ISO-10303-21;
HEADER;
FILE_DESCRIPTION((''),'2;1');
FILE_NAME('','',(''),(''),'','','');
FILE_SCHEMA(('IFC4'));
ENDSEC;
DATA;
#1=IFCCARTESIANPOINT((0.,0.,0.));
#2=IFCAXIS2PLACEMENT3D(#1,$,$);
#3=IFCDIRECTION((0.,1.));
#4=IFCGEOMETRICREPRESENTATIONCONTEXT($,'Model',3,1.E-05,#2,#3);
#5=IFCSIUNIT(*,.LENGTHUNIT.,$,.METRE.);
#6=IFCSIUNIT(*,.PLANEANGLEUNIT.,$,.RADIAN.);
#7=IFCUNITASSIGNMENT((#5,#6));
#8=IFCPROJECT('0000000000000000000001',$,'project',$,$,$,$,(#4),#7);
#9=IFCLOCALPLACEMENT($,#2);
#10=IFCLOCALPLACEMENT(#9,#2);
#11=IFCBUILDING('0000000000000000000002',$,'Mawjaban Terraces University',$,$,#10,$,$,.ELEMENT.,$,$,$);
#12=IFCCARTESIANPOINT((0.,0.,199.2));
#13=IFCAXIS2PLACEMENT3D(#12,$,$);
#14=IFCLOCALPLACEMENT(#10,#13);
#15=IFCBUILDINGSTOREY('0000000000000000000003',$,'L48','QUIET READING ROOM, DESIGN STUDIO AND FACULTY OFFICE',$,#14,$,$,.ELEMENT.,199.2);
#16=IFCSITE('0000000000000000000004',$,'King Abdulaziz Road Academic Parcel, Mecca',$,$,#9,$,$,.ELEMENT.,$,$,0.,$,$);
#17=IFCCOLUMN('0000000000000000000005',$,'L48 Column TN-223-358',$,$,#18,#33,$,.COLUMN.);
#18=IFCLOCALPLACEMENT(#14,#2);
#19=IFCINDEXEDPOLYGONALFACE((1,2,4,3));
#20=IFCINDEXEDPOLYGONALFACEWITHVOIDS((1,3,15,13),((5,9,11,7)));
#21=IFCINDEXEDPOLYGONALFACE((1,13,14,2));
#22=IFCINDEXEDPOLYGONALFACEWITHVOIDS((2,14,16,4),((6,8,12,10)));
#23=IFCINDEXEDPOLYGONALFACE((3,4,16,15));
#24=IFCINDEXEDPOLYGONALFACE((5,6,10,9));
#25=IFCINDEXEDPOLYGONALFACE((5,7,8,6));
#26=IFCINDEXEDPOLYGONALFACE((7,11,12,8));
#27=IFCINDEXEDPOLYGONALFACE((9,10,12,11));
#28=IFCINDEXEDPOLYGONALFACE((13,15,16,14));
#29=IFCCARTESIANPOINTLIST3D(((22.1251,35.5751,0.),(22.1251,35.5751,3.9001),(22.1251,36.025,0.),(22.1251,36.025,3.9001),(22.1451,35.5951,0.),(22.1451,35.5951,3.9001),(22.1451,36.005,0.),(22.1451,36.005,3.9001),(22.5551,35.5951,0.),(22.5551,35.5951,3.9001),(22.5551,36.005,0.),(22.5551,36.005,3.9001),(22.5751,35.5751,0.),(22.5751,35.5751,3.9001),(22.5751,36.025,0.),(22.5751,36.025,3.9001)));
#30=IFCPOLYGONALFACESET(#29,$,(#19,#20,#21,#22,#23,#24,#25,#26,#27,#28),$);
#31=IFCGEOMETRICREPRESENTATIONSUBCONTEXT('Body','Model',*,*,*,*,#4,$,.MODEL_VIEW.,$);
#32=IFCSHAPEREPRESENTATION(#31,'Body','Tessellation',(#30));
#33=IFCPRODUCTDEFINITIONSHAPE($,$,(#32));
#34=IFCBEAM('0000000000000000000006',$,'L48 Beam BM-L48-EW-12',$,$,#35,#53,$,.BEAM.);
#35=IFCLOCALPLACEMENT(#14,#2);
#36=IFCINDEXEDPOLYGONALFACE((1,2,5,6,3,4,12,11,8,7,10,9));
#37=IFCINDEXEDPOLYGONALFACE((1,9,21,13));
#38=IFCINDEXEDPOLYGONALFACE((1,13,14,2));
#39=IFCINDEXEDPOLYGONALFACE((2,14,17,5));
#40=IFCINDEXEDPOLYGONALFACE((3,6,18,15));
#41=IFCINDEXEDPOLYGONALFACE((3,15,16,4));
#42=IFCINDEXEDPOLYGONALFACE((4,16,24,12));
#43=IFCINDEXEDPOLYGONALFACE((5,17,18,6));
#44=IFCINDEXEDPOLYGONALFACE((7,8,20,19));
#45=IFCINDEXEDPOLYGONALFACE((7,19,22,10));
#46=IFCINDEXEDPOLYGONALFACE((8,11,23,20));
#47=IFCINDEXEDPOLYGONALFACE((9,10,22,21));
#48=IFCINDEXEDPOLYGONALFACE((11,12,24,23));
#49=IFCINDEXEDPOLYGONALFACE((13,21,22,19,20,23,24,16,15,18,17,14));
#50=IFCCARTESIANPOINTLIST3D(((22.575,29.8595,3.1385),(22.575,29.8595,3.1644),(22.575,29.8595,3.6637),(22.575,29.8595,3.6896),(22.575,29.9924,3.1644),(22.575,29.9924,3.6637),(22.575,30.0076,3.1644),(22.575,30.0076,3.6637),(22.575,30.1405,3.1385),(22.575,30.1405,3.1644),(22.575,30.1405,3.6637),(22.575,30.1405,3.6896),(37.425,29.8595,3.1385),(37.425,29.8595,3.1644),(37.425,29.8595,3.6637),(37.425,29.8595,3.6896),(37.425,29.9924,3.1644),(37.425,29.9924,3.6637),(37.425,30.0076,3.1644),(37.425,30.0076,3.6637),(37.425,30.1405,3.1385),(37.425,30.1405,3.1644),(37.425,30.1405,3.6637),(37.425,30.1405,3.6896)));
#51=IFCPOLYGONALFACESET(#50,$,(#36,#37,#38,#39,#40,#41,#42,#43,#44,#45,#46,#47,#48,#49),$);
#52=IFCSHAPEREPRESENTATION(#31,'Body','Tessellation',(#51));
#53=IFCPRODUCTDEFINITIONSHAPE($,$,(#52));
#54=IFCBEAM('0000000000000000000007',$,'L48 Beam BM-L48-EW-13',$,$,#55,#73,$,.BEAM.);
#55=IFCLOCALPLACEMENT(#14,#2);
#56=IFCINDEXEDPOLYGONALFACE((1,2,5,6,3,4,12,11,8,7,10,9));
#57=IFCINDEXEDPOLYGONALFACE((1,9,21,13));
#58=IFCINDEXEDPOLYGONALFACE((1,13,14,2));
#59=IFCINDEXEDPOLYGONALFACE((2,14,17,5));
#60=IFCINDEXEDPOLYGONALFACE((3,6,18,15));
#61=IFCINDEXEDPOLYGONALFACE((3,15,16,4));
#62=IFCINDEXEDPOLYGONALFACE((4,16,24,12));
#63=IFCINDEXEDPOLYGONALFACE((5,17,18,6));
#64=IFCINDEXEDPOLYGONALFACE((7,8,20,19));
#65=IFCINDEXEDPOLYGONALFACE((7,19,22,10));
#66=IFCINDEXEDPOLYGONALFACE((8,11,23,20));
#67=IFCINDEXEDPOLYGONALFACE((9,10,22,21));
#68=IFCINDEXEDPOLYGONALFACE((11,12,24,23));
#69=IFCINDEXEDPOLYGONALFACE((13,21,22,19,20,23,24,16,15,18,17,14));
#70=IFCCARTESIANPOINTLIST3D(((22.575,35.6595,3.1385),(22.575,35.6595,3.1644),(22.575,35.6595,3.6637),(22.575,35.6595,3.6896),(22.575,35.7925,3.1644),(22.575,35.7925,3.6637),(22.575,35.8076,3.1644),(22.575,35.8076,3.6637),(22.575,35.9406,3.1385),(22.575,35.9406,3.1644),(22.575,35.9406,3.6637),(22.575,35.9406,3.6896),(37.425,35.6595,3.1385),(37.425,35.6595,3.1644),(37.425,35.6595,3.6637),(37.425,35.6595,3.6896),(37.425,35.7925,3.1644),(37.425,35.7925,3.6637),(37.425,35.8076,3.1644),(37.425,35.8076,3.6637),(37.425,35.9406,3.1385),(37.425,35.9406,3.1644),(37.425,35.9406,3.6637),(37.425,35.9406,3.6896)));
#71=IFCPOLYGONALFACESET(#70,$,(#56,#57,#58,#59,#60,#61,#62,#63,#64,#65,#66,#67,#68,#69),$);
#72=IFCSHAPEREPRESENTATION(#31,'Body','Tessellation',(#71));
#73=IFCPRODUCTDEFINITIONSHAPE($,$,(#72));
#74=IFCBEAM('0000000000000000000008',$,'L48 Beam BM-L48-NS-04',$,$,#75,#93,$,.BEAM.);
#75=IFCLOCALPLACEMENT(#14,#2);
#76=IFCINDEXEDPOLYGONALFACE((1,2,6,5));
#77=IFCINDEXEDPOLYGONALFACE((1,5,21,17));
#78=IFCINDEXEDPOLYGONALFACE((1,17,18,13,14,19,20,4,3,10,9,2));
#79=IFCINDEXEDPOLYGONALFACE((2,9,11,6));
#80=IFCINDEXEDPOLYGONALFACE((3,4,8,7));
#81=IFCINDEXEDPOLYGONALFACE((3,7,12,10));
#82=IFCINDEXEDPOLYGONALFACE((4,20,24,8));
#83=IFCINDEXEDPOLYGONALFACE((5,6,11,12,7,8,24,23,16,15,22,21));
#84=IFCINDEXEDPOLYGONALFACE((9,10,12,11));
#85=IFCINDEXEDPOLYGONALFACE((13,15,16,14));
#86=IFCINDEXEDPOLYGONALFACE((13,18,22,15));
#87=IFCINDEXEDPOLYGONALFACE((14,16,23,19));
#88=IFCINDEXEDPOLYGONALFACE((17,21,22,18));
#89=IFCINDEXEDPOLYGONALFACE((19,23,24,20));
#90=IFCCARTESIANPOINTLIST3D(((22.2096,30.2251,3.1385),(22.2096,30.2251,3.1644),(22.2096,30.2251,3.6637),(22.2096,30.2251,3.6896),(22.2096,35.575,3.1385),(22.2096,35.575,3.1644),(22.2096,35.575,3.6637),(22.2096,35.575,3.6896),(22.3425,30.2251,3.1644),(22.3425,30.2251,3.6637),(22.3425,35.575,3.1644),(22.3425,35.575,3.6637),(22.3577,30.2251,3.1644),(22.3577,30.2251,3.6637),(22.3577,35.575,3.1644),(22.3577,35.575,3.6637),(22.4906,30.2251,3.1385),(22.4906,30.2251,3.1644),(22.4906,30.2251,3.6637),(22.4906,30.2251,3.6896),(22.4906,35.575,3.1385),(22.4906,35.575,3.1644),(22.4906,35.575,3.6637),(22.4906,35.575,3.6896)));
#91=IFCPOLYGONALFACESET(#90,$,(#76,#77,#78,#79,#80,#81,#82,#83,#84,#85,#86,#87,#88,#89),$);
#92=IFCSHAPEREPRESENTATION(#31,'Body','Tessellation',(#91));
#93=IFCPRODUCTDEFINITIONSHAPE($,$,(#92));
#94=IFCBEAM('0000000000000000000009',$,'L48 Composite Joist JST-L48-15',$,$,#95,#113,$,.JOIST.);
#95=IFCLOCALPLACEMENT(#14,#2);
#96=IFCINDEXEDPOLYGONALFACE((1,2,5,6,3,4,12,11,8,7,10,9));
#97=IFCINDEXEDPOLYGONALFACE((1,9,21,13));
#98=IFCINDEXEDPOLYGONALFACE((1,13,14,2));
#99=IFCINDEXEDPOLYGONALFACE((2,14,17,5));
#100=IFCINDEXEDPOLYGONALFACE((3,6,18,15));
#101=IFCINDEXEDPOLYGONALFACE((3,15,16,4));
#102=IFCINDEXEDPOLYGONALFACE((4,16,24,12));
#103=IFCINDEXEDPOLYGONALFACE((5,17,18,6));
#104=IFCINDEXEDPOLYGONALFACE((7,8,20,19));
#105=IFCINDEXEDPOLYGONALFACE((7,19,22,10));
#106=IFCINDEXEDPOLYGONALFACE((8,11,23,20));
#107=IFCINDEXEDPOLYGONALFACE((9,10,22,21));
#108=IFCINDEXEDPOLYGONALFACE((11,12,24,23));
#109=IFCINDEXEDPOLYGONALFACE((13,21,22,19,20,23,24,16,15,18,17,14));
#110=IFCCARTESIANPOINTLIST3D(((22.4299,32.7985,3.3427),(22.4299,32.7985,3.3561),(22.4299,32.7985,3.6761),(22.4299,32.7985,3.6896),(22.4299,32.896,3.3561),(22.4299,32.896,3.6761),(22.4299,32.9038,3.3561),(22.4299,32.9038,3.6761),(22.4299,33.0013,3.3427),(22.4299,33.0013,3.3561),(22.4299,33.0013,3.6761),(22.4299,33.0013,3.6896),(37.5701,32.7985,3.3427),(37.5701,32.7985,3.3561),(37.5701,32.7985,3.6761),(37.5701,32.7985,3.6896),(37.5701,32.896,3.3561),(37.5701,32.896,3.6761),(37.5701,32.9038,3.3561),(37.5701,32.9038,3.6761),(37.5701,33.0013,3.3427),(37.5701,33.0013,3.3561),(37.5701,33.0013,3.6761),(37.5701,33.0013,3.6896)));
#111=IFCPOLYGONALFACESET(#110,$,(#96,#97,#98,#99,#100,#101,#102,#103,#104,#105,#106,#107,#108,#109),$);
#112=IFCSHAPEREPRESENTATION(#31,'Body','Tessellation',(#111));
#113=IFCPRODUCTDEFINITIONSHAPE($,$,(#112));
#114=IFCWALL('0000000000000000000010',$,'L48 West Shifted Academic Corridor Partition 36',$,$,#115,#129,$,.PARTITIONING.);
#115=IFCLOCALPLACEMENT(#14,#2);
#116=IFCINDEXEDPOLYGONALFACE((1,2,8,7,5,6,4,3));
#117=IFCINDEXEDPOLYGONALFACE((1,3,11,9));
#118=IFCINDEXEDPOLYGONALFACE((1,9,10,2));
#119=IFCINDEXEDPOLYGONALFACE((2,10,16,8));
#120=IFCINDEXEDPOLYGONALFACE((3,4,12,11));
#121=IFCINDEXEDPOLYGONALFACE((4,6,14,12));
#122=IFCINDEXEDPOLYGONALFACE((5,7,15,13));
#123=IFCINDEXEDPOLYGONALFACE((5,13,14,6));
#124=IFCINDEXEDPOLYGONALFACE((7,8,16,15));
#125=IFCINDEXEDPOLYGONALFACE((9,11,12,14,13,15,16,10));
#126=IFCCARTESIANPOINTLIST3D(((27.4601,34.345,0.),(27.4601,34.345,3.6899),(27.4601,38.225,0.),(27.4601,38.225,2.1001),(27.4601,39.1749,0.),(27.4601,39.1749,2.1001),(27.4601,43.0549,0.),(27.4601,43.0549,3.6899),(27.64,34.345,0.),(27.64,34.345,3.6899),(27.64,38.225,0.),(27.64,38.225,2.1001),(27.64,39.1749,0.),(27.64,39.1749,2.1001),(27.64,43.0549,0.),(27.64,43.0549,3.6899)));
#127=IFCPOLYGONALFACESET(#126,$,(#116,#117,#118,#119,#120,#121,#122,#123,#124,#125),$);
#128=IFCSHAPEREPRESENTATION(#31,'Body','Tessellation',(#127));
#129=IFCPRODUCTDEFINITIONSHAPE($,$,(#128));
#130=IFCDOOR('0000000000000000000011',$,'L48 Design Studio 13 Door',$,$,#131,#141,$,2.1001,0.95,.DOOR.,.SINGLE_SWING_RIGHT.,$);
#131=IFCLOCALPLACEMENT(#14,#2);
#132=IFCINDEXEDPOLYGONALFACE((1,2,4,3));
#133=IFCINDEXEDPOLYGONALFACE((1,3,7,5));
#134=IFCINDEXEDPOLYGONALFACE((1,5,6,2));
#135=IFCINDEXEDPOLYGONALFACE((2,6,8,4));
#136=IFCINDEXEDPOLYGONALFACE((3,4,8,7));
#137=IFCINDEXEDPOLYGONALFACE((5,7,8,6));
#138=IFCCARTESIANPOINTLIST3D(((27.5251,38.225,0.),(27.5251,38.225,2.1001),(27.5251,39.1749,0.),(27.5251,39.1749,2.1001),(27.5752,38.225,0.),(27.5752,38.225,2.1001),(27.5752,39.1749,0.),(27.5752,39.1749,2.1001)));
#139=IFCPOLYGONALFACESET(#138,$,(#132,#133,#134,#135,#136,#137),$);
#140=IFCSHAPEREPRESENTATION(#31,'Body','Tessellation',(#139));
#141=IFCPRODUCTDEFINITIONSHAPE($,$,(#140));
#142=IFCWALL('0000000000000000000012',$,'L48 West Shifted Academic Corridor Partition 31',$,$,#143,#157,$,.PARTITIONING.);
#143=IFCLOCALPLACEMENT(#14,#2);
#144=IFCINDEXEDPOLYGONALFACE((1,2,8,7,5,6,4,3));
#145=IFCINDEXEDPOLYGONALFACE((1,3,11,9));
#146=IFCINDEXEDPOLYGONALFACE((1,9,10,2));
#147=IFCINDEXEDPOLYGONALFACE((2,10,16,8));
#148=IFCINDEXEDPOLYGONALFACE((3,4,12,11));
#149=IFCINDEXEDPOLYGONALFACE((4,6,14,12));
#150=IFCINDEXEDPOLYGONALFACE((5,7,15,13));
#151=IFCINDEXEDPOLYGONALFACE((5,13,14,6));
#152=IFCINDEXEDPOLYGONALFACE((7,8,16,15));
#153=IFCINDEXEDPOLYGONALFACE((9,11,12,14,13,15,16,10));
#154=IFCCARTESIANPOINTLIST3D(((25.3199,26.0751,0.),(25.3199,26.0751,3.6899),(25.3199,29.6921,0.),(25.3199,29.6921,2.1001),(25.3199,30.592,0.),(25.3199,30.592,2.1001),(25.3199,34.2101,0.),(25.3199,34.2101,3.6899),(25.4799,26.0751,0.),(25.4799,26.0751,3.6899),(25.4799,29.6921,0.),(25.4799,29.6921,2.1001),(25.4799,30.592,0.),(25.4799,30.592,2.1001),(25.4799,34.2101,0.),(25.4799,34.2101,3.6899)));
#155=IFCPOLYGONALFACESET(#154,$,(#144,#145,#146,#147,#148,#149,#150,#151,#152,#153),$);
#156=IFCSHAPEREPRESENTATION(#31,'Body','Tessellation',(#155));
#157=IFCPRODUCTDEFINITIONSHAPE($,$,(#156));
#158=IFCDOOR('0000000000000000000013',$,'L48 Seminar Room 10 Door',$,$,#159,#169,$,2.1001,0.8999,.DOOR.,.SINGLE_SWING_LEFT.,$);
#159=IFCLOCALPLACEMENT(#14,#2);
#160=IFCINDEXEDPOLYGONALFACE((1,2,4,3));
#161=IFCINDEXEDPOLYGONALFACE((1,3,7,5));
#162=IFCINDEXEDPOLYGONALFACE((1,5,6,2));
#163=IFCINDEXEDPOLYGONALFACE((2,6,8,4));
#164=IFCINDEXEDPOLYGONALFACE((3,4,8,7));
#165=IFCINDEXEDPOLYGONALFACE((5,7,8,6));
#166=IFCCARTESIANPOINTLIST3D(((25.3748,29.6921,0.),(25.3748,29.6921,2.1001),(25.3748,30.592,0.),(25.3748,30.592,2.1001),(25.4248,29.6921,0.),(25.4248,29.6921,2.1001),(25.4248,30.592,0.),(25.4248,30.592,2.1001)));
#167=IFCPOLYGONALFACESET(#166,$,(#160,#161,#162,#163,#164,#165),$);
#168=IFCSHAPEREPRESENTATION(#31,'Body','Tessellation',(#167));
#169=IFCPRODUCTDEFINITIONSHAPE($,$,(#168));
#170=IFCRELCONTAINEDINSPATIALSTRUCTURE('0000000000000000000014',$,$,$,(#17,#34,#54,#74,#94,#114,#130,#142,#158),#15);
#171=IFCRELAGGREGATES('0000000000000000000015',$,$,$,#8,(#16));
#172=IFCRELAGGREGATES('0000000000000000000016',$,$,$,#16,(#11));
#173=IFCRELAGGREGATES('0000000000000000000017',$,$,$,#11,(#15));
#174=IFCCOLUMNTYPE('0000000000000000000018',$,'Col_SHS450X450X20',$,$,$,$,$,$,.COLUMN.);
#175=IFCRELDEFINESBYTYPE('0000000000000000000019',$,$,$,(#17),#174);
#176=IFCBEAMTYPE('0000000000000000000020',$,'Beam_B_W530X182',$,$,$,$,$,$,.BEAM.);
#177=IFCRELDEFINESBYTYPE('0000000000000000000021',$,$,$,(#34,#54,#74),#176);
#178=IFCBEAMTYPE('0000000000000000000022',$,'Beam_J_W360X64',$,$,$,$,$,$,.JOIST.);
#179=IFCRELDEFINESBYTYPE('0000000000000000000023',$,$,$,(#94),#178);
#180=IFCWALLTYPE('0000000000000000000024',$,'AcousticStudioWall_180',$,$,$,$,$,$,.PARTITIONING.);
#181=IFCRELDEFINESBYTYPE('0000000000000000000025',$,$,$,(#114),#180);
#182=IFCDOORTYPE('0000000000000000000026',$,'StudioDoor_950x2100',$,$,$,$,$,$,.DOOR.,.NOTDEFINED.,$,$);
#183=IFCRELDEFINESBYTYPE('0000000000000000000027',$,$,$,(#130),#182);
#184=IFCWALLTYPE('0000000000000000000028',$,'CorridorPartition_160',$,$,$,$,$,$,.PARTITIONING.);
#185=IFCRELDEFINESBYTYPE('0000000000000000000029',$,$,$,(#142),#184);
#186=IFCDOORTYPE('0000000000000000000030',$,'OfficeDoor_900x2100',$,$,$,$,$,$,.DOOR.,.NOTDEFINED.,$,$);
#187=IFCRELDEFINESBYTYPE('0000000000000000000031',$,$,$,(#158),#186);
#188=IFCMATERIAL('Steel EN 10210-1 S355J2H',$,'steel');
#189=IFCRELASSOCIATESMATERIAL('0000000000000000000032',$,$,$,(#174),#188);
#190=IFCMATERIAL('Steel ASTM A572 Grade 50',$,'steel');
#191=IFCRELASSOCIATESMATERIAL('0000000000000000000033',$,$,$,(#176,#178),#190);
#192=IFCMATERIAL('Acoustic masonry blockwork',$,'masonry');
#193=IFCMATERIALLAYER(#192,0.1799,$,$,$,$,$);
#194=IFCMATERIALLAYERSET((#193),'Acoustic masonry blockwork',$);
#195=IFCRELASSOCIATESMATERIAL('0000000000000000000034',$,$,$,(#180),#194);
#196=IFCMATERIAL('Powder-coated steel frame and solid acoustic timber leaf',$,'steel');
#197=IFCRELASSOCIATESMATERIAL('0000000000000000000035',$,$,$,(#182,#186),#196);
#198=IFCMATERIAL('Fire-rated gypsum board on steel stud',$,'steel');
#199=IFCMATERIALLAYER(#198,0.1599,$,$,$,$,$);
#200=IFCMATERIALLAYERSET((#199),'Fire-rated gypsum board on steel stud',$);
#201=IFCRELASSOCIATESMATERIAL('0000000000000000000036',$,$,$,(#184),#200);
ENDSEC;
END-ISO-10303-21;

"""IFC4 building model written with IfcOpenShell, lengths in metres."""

from ifc_helpers import new_model, si_unit, direction, frame, frame_2d, origin, origin_2d, place, context, subcontext, project, spatial, rectangle, hollow_rectangle, i_section, extrude, material, layer, layer_set, material_profile, profile_set, type_object, element, fill, save


model = new_model("IFC4")

# Units and contexts
model_context = context("Model", 3, precision=1e-05, world=origin(), true_north=direction((0.0, 1.0)))
body_context = subcontext(model_context, "Body", "Model", "MODEL_VIEW")
ifc_project = project(units=[si_unit("LENGTHUNIT", "METRE"), si_unit("PLANEANGLEUNIT", "RADIAN")], contexts=[model_context])

# Site, building, storey
site_placement = place(None, origin())
site = spatial("IfcSite", under=ifc_project, at=site_placement, Name="King Abdulaziz Road Academic Parcel, Mecca", CompositionType="ELEMENT", RefElevation=0.0)
building_placement = place(site_placement, origin())
building = spatial("IfcBuilding", under=site, at=building_placement, Name="Mawjaban Terraces University", CompositionType="ELEMENT")
storey_placement = place(building_placement, frame((0.0, 0.0, 199.2)))
storey = spatial("IfcBuildingStorey", under=building, at=storey_placement, Name="L48", Description="QUIET READING ROOM, DESIGN STUDIO AND FACULTY OFFICE", CompositionType="ELEMENT", Elevation=199.2)

# Column
ifc_material_1 = material(Name="Steel EN 10210-1 S355J2H", Category="steel")
ifc_material_profile_1 = material_profile(ifc_material_1, hollow_rectangle(XDim=0.45, YDim=0.45, WallThickness=0.02, at=origin_2d()), Name="SHS450X450X20")
ifc_profile_set_1 = profile_set([ifc_material_profile_1], Name="Steel EN 10210-1 S355J2H")
column_type = type_object("IfcColumnType", Name="Col_SHS450X450X20", PredefinedType="COLUMN", material=ifc_profile_set_1)
column_placement = place(storey_placement, frame((22.3501, 35.8, 0.0), z_axis=(0.0, 0.0, 1.0), x_axis=(1.0, 0.0, 0.0)))
element("IfcColumn", 1, at=column_placement, inside=storey, type_object=column_type, Name="L48 Column TN-223-358", PredefinedType="COLUMN", context=body_context, shape_type="SweptSolid", body=[
    extrude(hollow_rectangle(XDim=0.45, YDim=0.45, WallThickness=0.02, at=origin_2d()), origin(), (0.0, 0.0, 1.0), 3.9001),
])

# Beams
ifc_material_2 = material(Name="Steel ASTM A572 Grade 50", Category="steel")
ifc_material_profile_2 = material_profile(ifc_material_2, i_section(OverallWidth=0.281, OverallDepth=0.551, WebThickness=0.0151, FlangeThickness=0.0259, at=origin_2d()), Name="W530X182")
ifc_profile_set_2 = profile_set([ifc_material_profile_2], Name="Steel ASTM A572 Grade 50")
beam_type_1 = type_object("IfcBeamType", Name="Beam_B_W530X182", PredefinedType="BEAM", material=ifc_profile_set_2)
for number, where, z_axis, x_axis, name in (
    (2, (22.575, 30.0, 3.4141), (1.0, 0.0, 0.0), (0.0, 1.0, 0.0), "L48 Beam BM-L48-EW-12"),
    (3, (22.575, 35.8, 3.4141), (1.0, 0.0, 0.0), (0.0, 1.0, 0.0), "L48 Beam BM-L48-EW-13"),
):
    element("IfcBeam", number, at=place(storey_placement, frame(where, z_axis=z_axis, x_axis=x_axis)), inside=storey, type_object=beam_type_1, Name=name, PredefinedType="BEAM", context=body_context, shape_type="SweptSolid", body=[
        extrude(i_section(OverallWidth=0.281, OverallDepth=0.551, WebThickness=0.0151, FlangeThickness=0.0259, at=origin_2d()), origin(), (0.0, 0.0, 1.0), 14.8501),
    ])
beam_1_placement = place(storey_placement, frame((22.3501, 30.2251, 3.4141), z_axis=(0.0, 1.0, 0.0), x_axis=(-1.0, 0.0, 0.0)))
element("IfcBeam", 4, at=beam_1_placement, inside=storey, type_object=beam_type_1, Name="L48 Beam BM-L48-NS-04", PredefinedType="BEAM", context=body_context, shape_type="SweptSolid", body=[
    extrude(i_section(OverallWidth=0.281, OverallDepth=0.551, WebThickness=0.0151, FlangeThickness=0.0259, at=origin_2d()), origin(), (0.0, 0.0, 1.0), 5.3499),
])
ifc_material_profile_3 = material_profile(ifc_material_2, i_section(OverallWidth=0.2029, OverallDepth=0.3469, WebThickness=0.0078, FlangeThickness=0.0134, at=origin_2d()), Name="W360X64")
ifc_profile_set_3 = profile_set([ifc_material_profile_3], Name="Steel ASTM A572 Grade 50")
beam_type_2 = type_object("IfcBeamType", Name="Beam_J_W360X64", PredefinedType="JOIST", material=ifc_profile_set_3)
beam_2_placement = place(storey_placement, frame((22.4299, 32.8999, 3.5161), z_axis=(1.0, 0.0, 0.0), x_axis=(0.0, 1.0, 0.0)))
element("IfcBeam", 5, at=beam_2_placement, inside=storey, type_object=beam_type_2, Name="L48 Composite Joist JST-L48-15", PredefinedType="JOIST", context=body_context, shape_type="SweptSolid", body=[
    extrude(i_section(OverallWidth=0.2029, OverallDepth=0.3469, WebThickness=0.0078, FlangeThickness=0.0134, at=origin_2d()), origin(), (0.0, 0.0, 1.0), 15.1401),
])

# Walls, openings, doors
ifc_material_3 = material(Name="Acoustic masonry blockwork", Category="masonry")
ifc_layer_1 = layer(ifc_material_3, 0.1799)
ifc_layer_set_1 = layer_set([ifc_layer_1], Name="Acoustic masonry blockwork")
wall_type_1 = type_object("IfcWallType", Name="AcousticStudioWall_180", PredefinedType="PARTITIONING", material=ifc_layer_set_1)
wall_1_placement = place(storey_placement, frame((27.55, 34.345, 0.0), z_axis=(0.0, 0.0, 1.0), x_axis=(0.0, 1.0, 0.0)))
wall_1 = element("IfcWall", 6, at=wall_1_placement, inside=storey, type_object=wall_type_1, Name="L48 West Shifted Academic Corridor Partition 36", PredefinedType="PARTITIONING", context=body_context, shape_type="SweptSolid", body=[
    extrude(rectangle(XDim=8.71, YDim=0.1799, at=frame_2d((4.355, 0.0))), origin(), (0.0, 0.0, 1.0), 3.6899),
])
opening_1_placement = place(wall_1_placement, frame((3.8799, 0.0, 0.0)))
opening_1 = element("IfcOpeningElement", 7, at=opening_1_placement, cuts=wall_1, PredefinedType="OPENING", context=body_context, shape_type="SweptSolid", body=[
    extrude(rectangle(XDim=0.95, YDim=2.1001, at=frame_2d((0.4751, 1.05))), frame((0.0, 0.0999, 0.0), z_axis=(0.0, -1.0, 0.0), x_axis=(1.0, 0.0, 0.0)), (0.0, 0.0, 1.0), 0.2),
])
ifc_material_4 = material(Name="Powder-coated steel frame and solid acoustic timber leaf", Category="steel")
door_type_1 = type_object("IfcDoorType", Name="StudioDoor_950x2100", OperationType="NOTDEFINED", PredefinedType="DOOR", material=ifc_material_4)
door_1_placement = place(opening_1_placement, origin())
door_1 = element("IfcDoor", 8, at=door_1_placement, inside=storey, type_object=door_type_1, Name="L48 Design Studio 13 Door", OperationType="SINGLE_SWING_RIGHT", OverallHeight=2.1001, OverallWidth=0.95, PredefinedType="DOOR", context=body_context, shape_type="SweptSolid", body=[
    extrude(rectangle(XDim=0.95, YDim=2.1001, at=frame_2d((0.4751, 1.05))), frame((0.0, 0.0249, 0.0), z_axis=(0.0, -1.0, 0.0), x_axis=(1.0, 0.0, 0.0)), (0.0, 0.0, 1.0), 0.05),
])
fill(opening_1, door_1)
ifc_material_5 = material(Name="Fire-rated gypsum board on steel stud", Category="steel")
ifc_layer_2 = layer(ifc_material_5, 0.1599)
ifc_layer_set_2 = layer_set([ifc_layer_2], Name="Fire-rated gypsum board on steel stud")
wall_type_2 = type_object("IfcWallType", Name="CorridorPartition_160", PredefinedType="PARTITIONING", material=ifc_layer_set_2)
wall_2_placement = place(storey_placement, frame((25.3999, 34.21, 0.0), z_axis=(0.0, 0.0, 1.0), x_axis=(0.0, -1.0, 0.0)))
wall_2 = element("IfcWall", 9, at=wall_2_placement, inside=storey, type_object=wall_type_2, Name="L48 West Shifted Academic Corridor Partition 31", PredefinedType="PARTITIONING", context=body_context, shape_type="SweptSolid", body=[
    extrude(rectangle(XDim=8.135, YDim=0.1599, at=frame_2d((4.0674, 0.0))), origin(), (0.0, 0.0, 1.0), 3.6899),
])
opening_2_placement = place(wall_2_placement, frame((3.6179, 0.0, 0.0)))
opening_2 = element("IfcOpeningElement", 10, at=opening_2_placement, cuts=wall_2, PredefinedType="OPENING", context=body_context, shape_type="SweptSolid", body=[
    extrude(rectangle(XDim=0.8999, YDim=2.1001, at=frame_2d((0.45, 1.05))), frame((0.0, 0.0898, 0.0), z_axis=(0.0, -1.0, 0.0), x_axis=(1.0, 0.0, 0.0)), (0.0, 0.0, 1.0), 0.1799),
])
door_type_2 = type_object("IfcDoorType", Name="OfficeDoor_900x2100", OperationType="NOTDEFINED", PredefinedType="DOOR", material=ifc_material_4)
door_2_placement = place(opening_2_placement, origin())
door_2 = element("IfcDoor", 11, at=door_2_placement, inside=storey, type_object=door_type_2, Name="L48 Seminar Room 10 Door", OperationType="SINGLE_SWING_LEFT", OverallHeight=2.1001, OverallWidth=0.8999, PredefinedType="DOOR", context=body_context, shape_type="SweptSolid", body=[
    extrude(rectangle(XDim=0.8999, YDim=2.1001, at=frame_2d((0.45, 1.05))), frame((0.0, 0.0249, 0.0), z_axis=(0.0, -1.0, 0.0), x_axis=(1.0, 0.0, 0.0)), (0.0, 0.0, 1.0), 0.05),
])
fill(opening_2, door_2)

save(model, "model.ifc")
